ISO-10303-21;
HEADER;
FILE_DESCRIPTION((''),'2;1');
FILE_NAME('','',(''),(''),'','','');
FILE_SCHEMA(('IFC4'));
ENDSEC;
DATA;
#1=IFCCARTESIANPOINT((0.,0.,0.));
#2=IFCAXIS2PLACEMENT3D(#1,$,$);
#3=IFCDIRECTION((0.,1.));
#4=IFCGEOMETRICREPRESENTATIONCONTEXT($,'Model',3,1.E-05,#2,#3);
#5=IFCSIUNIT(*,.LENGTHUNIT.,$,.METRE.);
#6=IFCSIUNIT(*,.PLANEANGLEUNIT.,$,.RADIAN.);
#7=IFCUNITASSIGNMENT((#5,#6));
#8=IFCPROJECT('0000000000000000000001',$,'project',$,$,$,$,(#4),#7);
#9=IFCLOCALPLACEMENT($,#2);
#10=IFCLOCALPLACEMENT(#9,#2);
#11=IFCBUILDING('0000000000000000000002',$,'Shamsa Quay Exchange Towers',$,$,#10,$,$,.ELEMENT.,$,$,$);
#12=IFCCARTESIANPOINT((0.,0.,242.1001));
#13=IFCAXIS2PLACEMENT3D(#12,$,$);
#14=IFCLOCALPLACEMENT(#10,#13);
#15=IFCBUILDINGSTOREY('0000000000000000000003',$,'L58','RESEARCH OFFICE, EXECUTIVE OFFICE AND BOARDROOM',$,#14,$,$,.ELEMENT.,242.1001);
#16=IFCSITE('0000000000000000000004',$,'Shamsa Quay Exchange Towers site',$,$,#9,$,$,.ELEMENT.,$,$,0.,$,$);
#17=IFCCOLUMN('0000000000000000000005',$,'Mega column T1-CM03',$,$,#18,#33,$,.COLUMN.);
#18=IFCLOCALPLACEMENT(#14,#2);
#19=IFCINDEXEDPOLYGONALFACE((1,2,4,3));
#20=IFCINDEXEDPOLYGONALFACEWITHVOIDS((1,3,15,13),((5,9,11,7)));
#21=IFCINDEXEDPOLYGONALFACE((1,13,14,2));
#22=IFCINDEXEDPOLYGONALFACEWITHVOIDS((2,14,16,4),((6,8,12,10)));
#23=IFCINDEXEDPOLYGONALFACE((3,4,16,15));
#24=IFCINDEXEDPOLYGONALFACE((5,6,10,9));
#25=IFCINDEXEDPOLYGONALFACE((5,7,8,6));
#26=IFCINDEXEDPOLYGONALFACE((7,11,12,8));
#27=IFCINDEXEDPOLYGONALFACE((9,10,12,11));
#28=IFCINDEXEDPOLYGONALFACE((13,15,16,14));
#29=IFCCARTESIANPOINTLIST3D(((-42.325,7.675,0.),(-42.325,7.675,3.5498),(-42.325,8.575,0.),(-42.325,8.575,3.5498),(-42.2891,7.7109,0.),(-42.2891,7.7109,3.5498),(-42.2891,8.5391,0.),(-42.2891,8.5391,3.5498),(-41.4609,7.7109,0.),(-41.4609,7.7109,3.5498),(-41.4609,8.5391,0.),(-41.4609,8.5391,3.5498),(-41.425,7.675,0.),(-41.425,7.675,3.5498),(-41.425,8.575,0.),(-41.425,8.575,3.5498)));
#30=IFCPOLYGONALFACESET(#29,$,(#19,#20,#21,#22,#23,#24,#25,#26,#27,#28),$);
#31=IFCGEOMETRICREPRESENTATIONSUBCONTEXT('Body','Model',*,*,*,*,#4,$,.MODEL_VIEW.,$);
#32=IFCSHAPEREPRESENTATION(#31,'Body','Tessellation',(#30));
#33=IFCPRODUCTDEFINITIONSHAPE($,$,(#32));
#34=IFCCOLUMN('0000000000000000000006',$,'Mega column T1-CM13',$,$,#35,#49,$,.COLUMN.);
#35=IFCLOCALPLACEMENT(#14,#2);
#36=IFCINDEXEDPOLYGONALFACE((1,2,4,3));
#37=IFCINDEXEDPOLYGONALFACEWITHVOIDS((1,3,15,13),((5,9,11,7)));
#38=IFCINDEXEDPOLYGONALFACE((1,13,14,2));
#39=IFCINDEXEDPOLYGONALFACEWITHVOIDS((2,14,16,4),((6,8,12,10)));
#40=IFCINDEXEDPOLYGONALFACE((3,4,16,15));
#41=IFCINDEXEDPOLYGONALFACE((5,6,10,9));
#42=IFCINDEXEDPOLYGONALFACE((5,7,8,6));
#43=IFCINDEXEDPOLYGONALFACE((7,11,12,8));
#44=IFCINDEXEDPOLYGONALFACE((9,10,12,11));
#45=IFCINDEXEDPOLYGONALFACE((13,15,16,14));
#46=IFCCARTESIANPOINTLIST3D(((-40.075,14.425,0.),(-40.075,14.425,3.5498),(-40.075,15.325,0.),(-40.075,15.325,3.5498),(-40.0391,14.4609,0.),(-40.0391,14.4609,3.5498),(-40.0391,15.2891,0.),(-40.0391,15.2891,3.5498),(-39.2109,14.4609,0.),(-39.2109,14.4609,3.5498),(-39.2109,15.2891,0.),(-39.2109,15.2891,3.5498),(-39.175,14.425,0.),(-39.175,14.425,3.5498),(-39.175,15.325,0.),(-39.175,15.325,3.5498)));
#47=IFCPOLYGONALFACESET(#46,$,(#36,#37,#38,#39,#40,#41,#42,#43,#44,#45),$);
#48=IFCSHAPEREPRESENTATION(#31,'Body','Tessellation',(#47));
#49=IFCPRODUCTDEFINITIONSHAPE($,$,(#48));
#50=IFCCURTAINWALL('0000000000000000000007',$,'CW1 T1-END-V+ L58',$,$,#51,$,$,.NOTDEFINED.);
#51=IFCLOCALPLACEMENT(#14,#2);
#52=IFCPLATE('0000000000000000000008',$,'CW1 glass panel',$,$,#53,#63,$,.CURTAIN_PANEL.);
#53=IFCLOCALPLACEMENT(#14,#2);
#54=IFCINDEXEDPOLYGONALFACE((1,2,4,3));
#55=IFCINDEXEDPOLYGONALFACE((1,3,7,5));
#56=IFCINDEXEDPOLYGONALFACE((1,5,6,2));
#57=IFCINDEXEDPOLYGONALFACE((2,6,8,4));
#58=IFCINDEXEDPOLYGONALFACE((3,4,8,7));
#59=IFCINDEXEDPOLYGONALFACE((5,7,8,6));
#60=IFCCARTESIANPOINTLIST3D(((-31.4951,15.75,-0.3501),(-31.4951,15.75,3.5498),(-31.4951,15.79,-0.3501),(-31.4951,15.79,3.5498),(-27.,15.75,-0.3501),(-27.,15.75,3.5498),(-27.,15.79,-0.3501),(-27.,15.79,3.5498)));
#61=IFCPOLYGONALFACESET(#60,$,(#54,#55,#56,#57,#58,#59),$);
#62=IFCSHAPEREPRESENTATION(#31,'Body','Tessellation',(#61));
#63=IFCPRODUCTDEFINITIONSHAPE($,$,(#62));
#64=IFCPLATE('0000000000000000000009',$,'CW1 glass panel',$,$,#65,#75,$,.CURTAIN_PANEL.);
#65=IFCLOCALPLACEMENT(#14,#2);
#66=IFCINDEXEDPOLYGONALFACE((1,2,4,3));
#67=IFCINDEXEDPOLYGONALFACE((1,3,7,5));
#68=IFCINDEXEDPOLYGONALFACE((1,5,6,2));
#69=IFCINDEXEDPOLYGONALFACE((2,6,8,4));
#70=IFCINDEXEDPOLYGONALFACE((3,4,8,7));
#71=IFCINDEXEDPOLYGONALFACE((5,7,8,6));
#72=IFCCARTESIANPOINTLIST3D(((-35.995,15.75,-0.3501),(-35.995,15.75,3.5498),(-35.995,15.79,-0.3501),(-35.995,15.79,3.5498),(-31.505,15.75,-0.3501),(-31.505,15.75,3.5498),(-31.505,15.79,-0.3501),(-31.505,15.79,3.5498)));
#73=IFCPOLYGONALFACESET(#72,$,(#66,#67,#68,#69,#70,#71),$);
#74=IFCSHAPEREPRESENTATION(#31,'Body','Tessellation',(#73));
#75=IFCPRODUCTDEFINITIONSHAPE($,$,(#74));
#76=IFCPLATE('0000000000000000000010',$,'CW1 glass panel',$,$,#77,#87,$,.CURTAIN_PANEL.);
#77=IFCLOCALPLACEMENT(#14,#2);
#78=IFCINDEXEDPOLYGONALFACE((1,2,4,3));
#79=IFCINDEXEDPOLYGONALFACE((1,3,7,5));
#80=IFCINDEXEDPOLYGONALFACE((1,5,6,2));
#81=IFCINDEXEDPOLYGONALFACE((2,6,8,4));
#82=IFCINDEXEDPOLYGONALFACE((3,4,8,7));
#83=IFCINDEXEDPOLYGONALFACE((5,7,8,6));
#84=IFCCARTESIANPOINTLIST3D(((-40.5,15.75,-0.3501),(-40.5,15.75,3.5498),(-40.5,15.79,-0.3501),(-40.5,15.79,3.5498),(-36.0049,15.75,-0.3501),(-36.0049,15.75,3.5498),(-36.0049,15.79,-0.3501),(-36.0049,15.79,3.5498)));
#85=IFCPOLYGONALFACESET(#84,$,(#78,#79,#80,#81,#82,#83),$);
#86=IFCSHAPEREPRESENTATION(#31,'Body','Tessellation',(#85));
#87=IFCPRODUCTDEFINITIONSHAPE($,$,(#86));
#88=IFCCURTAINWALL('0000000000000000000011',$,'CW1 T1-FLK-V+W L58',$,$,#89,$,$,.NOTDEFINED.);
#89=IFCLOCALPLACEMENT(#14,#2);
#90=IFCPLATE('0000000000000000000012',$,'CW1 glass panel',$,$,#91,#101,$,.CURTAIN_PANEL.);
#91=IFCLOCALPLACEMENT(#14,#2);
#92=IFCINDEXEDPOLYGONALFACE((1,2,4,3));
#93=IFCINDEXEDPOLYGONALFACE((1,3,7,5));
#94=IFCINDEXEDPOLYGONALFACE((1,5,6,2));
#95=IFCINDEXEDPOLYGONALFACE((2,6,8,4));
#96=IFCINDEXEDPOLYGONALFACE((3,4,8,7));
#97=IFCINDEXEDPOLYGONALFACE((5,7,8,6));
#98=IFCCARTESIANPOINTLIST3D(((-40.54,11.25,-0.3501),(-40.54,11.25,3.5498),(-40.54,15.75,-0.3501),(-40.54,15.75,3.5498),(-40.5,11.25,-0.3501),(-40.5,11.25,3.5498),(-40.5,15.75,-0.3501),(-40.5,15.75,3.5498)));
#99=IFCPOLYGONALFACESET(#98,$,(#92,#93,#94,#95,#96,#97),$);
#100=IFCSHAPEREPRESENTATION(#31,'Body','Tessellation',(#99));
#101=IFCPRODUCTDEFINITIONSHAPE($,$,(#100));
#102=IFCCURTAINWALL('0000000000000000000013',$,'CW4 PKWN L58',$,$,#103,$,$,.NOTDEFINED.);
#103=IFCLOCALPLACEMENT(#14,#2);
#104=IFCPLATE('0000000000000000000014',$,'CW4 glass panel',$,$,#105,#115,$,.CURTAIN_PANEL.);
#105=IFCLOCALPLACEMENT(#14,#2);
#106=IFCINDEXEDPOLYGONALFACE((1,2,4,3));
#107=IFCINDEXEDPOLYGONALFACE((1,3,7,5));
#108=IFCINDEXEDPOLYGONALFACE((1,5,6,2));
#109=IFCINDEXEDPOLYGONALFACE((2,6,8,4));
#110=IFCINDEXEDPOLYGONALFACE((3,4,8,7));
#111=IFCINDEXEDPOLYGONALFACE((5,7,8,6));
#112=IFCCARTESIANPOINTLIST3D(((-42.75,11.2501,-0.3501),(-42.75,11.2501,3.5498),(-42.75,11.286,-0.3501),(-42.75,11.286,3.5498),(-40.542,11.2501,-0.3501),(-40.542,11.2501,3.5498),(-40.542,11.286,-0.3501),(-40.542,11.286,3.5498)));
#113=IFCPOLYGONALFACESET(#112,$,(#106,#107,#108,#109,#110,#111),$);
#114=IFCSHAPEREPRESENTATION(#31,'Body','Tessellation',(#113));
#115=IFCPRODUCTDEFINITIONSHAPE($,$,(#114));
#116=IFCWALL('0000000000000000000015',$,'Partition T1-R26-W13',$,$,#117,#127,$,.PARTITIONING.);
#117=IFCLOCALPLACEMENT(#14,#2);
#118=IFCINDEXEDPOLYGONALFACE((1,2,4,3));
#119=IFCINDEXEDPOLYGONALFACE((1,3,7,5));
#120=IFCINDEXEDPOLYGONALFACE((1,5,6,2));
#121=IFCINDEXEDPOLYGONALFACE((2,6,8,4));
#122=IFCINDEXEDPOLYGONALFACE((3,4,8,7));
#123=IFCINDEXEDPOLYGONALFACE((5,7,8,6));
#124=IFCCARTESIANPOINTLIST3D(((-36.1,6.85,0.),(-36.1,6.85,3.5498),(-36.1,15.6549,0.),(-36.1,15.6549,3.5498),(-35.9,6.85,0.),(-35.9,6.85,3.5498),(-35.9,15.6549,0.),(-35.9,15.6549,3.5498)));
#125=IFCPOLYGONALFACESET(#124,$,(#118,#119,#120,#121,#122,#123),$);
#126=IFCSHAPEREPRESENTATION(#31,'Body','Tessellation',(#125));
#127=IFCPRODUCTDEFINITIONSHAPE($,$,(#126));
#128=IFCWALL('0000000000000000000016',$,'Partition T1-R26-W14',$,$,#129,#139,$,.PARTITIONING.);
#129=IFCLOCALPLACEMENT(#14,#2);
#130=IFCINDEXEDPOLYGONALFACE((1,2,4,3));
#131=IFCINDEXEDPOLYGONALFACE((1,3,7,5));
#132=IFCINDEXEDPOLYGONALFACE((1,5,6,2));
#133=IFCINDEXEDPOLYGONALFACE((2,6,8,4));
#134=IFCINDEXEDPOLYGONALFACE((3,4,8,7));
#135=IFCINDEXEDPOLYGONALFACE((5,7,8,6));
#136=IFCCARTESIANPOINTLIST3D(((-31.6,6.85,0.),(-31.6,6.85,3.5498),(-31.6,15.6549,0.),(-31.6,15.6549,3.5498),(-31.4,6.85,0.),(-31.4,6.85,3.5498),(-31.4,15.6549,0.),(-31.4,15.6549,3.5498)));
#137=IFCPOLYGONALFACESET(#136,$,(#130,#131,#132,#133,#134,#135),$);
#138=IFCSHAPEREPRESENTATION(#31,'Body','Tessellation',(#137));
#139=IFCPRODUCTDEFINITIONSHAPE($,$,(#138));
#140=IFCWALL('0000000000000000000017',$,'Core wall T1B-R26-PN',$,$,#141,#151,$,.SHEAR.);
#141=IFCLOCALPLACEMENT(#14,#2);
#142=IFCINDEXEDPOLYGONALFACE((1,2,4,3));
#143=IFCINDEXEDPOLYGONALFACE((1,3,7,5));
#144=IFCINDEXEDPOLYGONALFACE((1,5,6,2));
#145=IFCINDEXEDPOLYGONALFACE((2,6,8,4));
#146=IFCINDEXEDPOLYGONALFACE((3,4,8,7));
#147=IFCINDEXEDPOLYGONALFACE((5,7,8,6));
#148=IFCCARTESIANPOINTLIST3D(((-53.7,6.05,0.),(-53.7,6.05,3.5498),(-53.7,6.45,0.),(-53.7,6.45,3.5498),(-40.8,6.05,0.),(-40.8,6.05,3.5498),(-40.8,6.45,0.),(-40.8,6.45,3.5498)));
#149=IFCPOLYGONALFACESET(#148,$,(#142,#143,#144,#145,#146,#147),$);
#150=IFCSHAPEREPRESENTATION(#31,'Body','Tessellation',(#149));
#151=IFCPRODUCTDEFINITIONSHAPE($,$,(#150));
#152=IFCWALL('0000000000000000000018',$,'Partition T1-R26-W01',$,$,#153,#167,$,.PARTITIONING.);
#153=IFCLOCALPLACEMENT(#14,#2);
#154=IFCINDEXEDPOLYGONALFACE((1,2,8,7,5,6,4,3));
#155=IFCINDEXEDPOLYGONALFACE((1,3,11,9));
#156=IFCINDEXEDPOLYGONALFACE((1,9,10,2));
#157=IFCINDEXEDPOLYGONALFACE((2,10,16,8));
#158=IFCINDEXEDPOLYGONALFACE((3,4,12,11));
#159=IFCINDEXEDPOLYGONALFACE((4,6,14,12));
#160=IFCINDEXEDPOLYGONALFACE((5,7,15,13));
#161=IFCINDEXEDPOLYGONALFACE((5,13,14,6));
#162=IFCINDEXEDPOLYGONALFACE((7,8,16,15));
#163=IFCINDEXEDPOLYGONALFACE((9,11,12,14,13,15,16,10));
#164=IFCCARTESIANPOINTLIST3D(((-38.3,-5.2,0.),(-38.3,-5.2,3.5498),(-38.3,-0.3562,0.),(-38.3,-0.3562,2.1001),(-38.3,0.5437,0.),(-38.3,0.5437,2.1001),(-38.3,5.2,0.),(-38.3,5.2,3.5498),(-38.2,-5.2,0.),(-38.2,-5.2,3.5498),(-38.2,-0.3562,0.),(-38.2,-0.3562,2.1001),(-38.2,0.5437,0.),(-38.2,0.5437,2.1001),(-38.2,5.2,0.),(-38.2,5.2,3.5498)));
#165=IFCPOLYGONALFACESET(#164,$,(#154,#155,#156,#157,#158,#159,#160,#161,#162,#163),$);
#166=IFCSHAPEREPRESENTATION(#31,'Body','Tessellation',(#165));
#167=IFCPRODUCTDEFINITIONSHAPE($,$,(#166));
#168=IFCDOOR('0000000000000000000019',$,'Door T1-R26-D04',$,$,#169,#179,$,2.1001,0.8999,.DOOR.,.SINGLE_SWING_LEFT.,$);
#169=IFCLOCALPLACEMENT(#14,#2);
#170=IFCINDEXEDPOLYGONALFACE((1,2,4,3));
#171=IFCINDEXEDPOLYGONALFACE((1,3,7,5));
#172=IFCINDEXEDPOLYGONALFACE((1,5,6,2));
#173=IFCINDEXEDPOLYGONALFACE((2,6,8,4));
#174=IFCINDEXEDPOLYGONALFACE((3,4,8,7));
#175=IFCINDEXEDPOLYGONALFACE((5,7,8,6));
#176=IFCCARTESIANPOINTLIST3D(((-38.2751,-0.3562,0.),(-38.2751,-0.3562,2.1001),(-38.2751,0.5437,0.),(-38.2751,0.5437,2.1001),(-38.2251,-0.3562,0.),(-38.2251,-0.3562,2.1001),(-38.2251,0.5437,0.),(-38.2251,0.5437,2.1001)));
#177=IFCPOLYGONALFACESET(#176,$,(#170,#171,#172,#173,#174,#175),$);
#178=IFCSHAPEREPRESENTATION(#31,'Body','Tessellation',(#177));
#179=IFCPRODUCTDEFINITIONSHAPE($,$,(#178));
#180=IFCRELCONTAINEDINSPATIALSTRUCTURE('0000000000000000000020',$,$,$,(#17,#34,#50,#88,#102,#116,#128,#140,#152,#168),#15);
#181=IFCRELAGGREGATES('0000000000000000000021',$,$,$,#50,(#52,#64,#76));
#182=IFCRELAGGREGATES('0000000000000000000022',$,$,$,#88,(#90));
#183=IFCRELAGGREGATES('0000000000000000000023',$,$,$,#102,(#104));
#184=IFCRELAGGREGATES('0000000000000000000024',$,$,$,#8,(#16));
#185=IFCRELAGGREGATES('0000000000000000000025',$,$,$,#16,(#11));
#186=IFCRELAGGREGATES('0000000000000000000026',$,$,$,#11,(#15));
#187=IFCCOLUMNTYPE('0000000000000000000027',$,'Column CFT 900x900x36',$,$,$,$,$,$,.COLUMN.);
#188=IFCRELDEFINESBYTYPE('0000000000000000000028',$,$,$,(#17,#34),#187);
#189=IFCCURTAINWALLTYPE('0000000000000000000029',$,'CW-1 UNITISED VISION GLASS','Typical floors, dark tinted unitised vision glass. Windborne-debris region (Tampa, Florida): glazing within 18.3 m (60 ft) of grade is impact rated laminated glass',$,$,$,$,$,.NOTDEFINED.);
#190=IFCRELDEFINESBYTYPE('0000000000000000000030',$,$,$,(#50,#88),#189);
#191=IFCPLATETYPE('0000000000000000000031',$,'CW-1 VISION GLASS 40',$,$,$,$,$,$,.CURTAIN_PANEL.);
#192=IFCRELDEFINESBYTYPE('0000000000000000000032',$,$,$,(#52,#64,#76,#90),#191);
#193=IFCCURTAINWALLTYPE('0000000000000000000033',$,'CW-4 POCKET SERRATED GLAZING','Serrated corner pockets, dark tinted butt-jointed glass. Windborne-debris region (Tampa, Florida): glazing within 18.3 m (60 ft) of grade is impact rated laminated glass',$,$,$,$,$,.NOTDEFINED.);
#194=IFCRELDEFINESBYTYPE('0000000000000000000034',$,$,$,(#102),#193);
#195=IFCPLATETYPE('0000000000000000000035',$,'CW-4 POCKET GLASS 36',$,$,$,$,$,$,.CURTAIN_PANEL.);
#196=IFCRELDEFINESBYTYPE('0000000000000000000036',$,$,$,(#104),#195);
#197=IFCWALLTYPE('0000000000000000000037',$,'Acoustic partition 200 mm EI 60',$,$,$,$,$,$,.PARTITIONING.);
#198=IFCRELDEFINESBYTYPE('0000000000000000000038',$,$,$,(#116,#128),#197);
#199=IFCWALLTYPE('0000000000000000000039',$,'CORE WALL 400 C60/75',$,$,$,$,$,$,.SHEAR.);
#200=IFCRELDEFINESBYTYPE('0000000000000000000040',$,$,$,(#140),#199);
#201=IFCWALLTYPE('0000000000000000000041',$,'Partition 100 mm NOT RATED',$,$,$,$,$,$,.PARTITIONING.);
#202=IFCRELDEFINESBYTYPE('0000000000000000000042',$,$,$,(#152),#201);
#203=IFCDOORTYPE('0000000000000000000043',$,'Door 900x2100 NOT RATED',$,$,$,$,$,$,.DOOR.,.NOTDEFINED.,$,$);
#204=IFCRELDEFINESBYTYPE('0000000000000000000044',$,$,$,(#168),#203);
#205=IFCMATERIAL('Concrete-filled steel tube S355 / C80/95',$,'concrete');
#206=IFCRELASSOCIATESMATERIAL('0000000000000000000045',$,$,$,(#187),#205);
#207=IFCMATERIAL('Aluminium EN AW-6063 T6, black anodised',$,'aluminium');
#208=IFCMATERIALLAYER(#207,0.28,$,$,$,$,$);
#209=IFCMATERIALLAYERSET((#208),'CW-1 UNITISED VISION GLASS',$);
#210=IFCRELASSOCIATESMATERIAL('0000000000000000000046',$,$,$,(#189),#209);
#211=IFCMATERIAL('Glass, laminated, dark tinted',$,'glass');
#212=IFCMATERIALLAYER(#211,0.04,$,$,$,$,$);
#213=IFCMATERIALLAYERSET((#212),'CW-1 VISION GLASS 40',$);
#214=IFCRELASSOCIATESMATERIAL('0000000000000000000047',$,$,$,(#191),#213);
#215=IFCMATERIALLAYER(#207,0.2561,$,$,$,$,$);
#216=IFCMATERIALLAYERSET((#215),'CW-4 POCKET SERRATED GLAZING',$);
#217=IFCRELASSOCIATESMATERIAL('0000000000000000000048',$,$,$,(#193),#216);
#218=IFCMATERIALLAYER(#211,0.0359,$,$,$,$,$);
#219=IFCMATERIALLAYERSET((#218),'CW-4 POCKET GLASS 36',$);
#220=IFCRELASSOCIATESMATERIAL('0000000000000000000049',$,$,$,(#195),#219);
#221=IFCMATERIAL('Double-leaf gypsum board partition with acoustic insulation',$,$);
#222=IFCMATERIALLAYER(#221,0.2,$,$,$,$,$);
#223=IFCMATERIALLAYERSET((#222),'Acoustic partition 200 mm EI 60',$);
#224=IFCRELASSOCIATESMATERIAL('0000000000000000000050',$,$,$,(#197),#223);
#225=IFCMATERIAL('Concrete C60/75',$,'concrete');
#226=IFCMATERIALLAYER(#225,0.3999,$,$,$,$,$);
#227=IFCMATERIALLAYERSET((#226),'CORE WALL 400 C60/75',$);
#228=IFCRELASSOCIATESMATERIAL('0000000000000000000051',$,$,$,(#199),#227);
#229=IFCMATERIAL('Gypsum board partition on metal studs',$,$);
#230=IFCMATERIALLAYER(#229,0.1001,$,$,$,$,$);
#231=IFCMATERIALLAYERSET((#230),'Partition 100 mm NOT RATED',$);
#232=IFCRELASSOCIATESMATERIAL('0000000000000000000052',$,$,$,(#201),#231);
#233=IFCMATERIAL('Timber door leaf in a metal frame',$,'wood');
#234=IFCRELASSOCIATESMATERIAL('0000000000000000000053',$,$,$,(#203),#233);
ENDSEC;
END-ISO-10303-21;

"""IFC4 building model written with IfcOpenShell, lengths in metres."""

from ifc_helpers import new_model, si_unit, direction, frame, frame_2d, origin, origin_2d, place, context, subcontext, project, spatial, rectangle, hollow_rectangle, extrude, material, layer, layer_set, material_profile, profile_set, type_object, element, fill, aggregate, save


model = new_model("IFC4")

# Units and contexts
model_context = context("Model", 3, precision=1e-05, world=origin(), true_north=direction((0.0, 1.0)))
body_context = subcontext(model_context, "Body", "Model", "MODEL_VIEW")
ifc_project = project(units=[si_unit("LENGTHUNIT", "METRE"), si_unit("PLANEANGLEUNIT", "RADIAN")], contexts=[model_context])

# Site, building, storey
site_placement = place(None, origin())
site = spatial("IfcSite", under=ifc_project, at=site_placement, Name="Shamsa Quay Exchange Towers site", CompositionType="ELEMENT", RefElevation=0.0)
building_placement = place(site_placement, origin())
building = spatial("IfcBuilding", under=site, at=building_placement, Name="Shamsa Quay Exchange Towers", CompositionType="ELEMENT")
storey_placement = place(building_placement, frame((0.0, 0.0, 242.1001)))
storey = spatial("IfcBuildingStorey", under=building, at=storey_placement, Name="L58", Description="RESEARCH OFFICE, EXECUTIVE OFFICE AND BOARDROOM", CompositionType="ELEMENT", Elevation=242.1001)

# Columns
ifc_material_1 = material(Name="Concrete-filled steel tube S355 / C80/95", Category="concrete")
ifc_material_profile = material_profile(ifc_material_1, hollow_rectangle(XDim=0.8999, YDim=0.8999, WallThickness=0.0359, at=origin_2d()), Name="CFT 900x900x36")
ifc_profile_set = profile_set([ifc_material_profile], Name="Concrete-filled steel tube S355 / C80/95")
column_type = type_object("IfcColumnType", Name="Column CFT 900x900x36", PredefinedType="COLUMN", material=ifc_profile_set)
for number, where, name in (
    (1, (-41.875, 8.125, 0.0), "Mega column T1-CM03"),
    (2, (-39.625, 14.875, 0.0), "Mega column T1-CM13"),
):
    element("IfcColumn", number, at=place(storey_placement, frame(where)), inside=storey, type_object=column_type, Name=name, PredefinedType="COLUMN", context=body_context, shape_type="SweptSolid", body=[
        extrude(hollow_rectangle(XDim=0.8999, YDim=0.8999, WallThickness=0.0359, at=origin_2d()), origin(), (0.0, 0.0, 1.0), 3.5498),
    ])

# Curtain wall, plates
ifc_material_2 = material(Name="Aluminium EN AW-6063 T6, black anodised", Category="aluminium")
ifc_layer_1 = layer(ifc_material_2, 0.28)
ifc_layer_set_1 = layer_set([ifc_layer_1], Name="CW-1 UNITISED VISION GLASS")
curtain_wall_type_1 = type_object("IfcCurtainWallType", Name="CW-1 UNITISED VISION GLASS", Description="Typical floors, dark tinted unitised vision glass. Windborne-debris region (Tampa, Florida): glazing within 18.3 m (60 ft) of grade is impact rated laminated glass", PredefinedType="NOTDEFINED", material=ifc_layer_set_1)
curtain_wall_1_placement = place(storey_placement, origin())
curtain_wall_1 = element("IfcCurtainWall", 3, at=curtain_wall_1_placement, inside=storey, type_object=curtain_wall_type_1, Name="CW1 T1-END-V+ L58", PredefinedType="NOTDEFINED")
ifc_material_3 = material(Name="Glass, laminated, dark tinted", Category="glass")
ifc_layer_2 = layer(ifc_material_3, 0.04)
ifc_layer_set_2 = layer_set([ifc_layer_2], Name="CW-1 VISION GLASS 40")
plate_type_1 = type_object("IfcPlateType", Name="CW-1 VISION GLASS 40", PredefinedType="CURTAIN_PANEL", material=ifc_layer_set_2)
plate_1_placement = place(storey_placement, frame((-29.2476, 15.77, -0.3501), z_axis=(0.0, 0.0, 1.0), x_axis=(-1.0, 0.0, 0.0)))
plate_1 = element("IfcPlate", 4, at=plate_1_placement, type_object=plate_type_1, Name="CW1 glass panel", PredefinedType="CURTAIN_PANEL", context=body_context, shape_type="SweptSolid", body=[
    extrude(rectangle(XDim=4.4951, YDim=0.04, at=origin_2d()), origin(), (0.0, 0.0, 1.0), 3.8999),
])
plate_2_placement = place(storey_placement, frame((-33.75, 15.77, -0.3501), z_axis=(0.0, 0.0, 1.0), x_axis=(-1.0, 0.0, 0.0)))
plate_2 = element("IfcPlate", 5, at=plate_2_placement, type_object=plate_type_1, Name="CW1 glass panel", PredefinedType="CURTAIN_PANEL", context=body_context, shape_type="SweptSolid", body=[
    extrude(rectangle(XDim=4.49, YDim=0.04, at=origin_2d()), origin(), (0.0, 0.0, 1.0), 3.8999),
])
plate_3_placement = place(storey_placement, frame((-38.2524, 15.77, -0.3501), z_axis=(0.0, 0.0, 1.0), x_axis=(-1.0, 0.0, 0.0)))
plate_3 = element("IfcPlate", 6, at=plate_3_placement, type_object=plate_type_1, Name="CW1 glass panel", PredefinedType="CURTAIN_PANEL", context=body_context, shape_type="SweptSolid", body=[
    extrude(rectangle(XDim=4.4951, YDim=0.04, at=origin_2d()), origin(), (0.0, 0.0, 1.0), 3.8999),
])
aggregate(curtain_wall_1, [plate_1, plate_2, plate_3])

# Curtain walls, plates
curtain_wall_2_placement = place(storey_placement, origin())
curtain_wall_2 = element("IfcCurtainWall", 7, at=curtain_wall_2_placement, inside=storey, type_object=curtain_wall_type_1, Name="CW1 T1-FLK-V+W L58", PredefinedType="NOTDEFINED")
plate_4_placement = place(storey_placement, frame((-40.52, 13.5, -0.3501), z_axis=(0.0, 0.0, 1.0), x_axis=(0.0, -1.0, 0.0)))
plate_4 = element("IfcPlate", 8, at=plate_4_placement, type_object=plate_type_1, Name="CW1 glass panel", PredefinedType="CURTAIN_PANEL", context=body_context, shape_type="SweptSolid", body=[
    extrude(rectangle(XDim=4.5, YDim=0.04, at=origin_2d()), origin(), (0.0, 0.0, 1.0), 3.8999),
])
aggregate(curtain_wall_2, [plate_4])
ifc_layer_3 = layer(ifc_material_2, 0.2561)
ifc_layer_set_3 = layer_set([ifc_layer_3], Name="CW-4 POCKET SERRATED GLAZING")
curtain_wall_type_2 = type_object("IfcCurtainWallType", Name="CW-4 POCKET SERRATED GLAZING", Description="Serrated corner pockets, dark tinted butt-jointed glass. Windborne-debris region (Tampa, Florida): glazing within 18.3 m (60 ft) of grade is impact rated laminated glass", PredefinedType="NOTDEFINED", material=ifc_layer_set_3)
curtain_wall_3_placement = place(storey_placement, origin())
curtain_wall_3 = element("IfcCurtainWall", 9, at=curtain_wall_3_placement, inside=storey, type_object=curtain_wall_type_2, Name="CW4 PKWN L58", PredefinedType="NOTDEFINED")
ifc_layer_4 = layer(ifc_material_3, 0.0359)
ifc_layer_set_4 = layer_set([ifc_layer_4], Name="CW-4 POCKET GLASS 36")
plate_type_2 = type_object("IfcPlateType", Name="CW-4 POCKET GLASS 36", PredefinedType="CURTAIN_PANEL", material=ifc_layer_set_4)
plate_5_placement = place(storey_placement, frame((-41.646, 11.2681, -0.3501), z_axis=(0.0, 0.0, 1.0), x_axis=(-1.0, 0.0, 0.0)))
plate_5 = element("IfcPlate", 10, at=plate_5_placement, type_object=plate_type_2, Name="CW4 glass panel", PredefinedType="CURTAIN_PANEL", context=body_context, shape_type="SweptSolid", body=[
    extrude(rectangle(XDim=2.208, YDim=0.0359, at=origin_2d()), origin(), (0.0, 0.0, 1.0), 3.8999),
])
aggregate(curtain_wall_3, [plate_5])

# Shared definitions
ifc_material_4 = material(Name="Double-leaf gypsum board partition with acoustic insulation")
ifc_layer_5 = layer(ifc_material_4, 0.2)
ifc_layer_set_5 = layer_set([ifc_layer_5], Name="Acoustic partition 200 mm EI 60")
wall_type_1 = type_object("IfcWallType", Name="Acoustic partition 200 mm EI 60", PredefinedType="PARTITIONING", material=ifc_layer_set_5)
ifc_material_5 = material(Name="Timber door leaf in a metal frame", Category="wood")

# Walls
for number, where, z_axis, x_axis, name in (
    (11, (-36.0, 6.8501, 0.0), (0.0, 0.0, 1.0), (0.0, 1.0, 0.0), "Partition T1-R26-W13"),
    (12, (-31.5, 6.8501, 0.0), (0.0, 0.0, 1.0), (0.0, 1.0, 0.0), "Partition T1-R26-W14"),
):
    element("IfcWall", number, at=place(storey_placement, frame(where, z_axis=z_axis, x_axis=x_axis)), inside=storey, type_object=wall_type_1, Name=name, PredefinedType="PARTITIONING", context=body_context, shape_type="SweptSolid", body=[
        extrude(rectangle(XDim=8.8049, YDim=0.2, at=frame_2d((4.4023, 0.0))), origin(), (0.0, 0.0, 1.0), 3.5498),
    ])
ifc_material_6 = material(Name="Concrete C60/75", Category="concrete")
ifc_layer_6 = layer(ifc_material_6, 0.3999)
ifc_layer_set_6 = layer_set([ifc_layer_6], Name="CORE WALL 400 C60/75")
wall_type_2 = type_object("IfcWallType", Name="CORE WALL 400 C60/75", PredefinedType="SHEAR", material=ifc_layer_set_6)
wall_1_placement = place(storey_placement, frame((-40.8, 6.25, 0.0), z_axis=(0.0, 0.0, 1.0), x_axis=(-1.0, 0.0, 0.0)))
element("IfcWall", 13, at=wall_1_placement, inside=storey, type_object=wall_type_2, Name="Core wall T1B-R26-PN", PredefinedType="SHEAR", context=body_context, shape_type="SweptSolid", body=[
    extrude(rectangle(XDim=12.8999, YDim=0.3999, at=frame_2d((6.45, 0.0))), origin(), (0.0, 0.0, 1.0), 3.5498),
])

# Wall, opening, door
ifc_material_7 = material(Name="Gypsum board partition on metal studs")
ifc_layer_7 = layer(ifc_material_7, 0.1001)
ifc_layer_set_7 = layer_set([ifc_layer_7], Name="Partition 100 mm NOT RATED")
wall_type_3 = type_object("IfcWallType", Name="Partition 100 mm NOT RATED", PredefinedType="PARTITIONING", material=ifc_layer_set_7)
wall_2_placement = place(storey_placement, frame((-38.25, 5.2, 0.0), z_axis=(0.0, 0.0, 1.0), x_axis=(0.0, -1.0, 0.0)))
wall_2 = element("IfcWall", 14, at=wall_2_placement, inside=storey, type_object=wall_type_3, Name="Partition T1-R26-W01", PredefinedType="PARTITIONING", context=body_context, shape_type="SweptSolid", body=[
    extrude(rectangle(XDim=10.3999, YDim=0.1001, at=frame_2d((5.2, 0.0))), origin(), (0.0, 0.0, 1.0), 3.5498),
])
opening_1_placement = place(wall_2_placement, frame((4.6562, 0.0, 0.0)))
opening_1 = element("IfcOpeningElement", 15, at=opening_1_placement, cuts=wall_2, PredefinedType="OPENING", context=body_context, shape_type="SweptSolid", body=[
    extrude(rectangle(XDim=0.8999, YDim=2.1001, at=frame_2d((0.45, 1.05))), frame((0.0, 0.0601, 0.0), z_axis=(0.0, -1.0, 0.0), x_axis=(1.0, 0.0, 0.0)), (0.0, 0.0, 1.0), 0.1201),
])
door_type_1 = type_object("IfcDoorType", Name="Door 900x2100 NOT RATED", OperationType="NOTDEFINED", PredefinedType="DOOR", material=ifc_material_5)
door_1_placement = place(opening_1_placement, origin())
door_1 = element("IfcDoor", 16, at=door_1_placement, inside=storey, type_object=door_type_1, Name="Door T1-R26-D04", OperationType="SINGLE_SWING_LEFT", OverallHeight=2.1001, OverallWidth=0.8999, PredefinedType="DOOR", context=body_context, shape_type="SweptSolid", body=[
    extrude(rectangle(XDim=0.8999, YDim=2.1001, at=frame_2d((0.45, 1.05))), frame((0.0, 0.0249, 0.0), z_axis=(0.0, -1.0, 0.0), x_axis=(1.0, 0.0, 0.0)), (0.0, 0.0, 1.0), 0.05),
])
fill(opening_1, door_1)

save(model, "model.ifc")
